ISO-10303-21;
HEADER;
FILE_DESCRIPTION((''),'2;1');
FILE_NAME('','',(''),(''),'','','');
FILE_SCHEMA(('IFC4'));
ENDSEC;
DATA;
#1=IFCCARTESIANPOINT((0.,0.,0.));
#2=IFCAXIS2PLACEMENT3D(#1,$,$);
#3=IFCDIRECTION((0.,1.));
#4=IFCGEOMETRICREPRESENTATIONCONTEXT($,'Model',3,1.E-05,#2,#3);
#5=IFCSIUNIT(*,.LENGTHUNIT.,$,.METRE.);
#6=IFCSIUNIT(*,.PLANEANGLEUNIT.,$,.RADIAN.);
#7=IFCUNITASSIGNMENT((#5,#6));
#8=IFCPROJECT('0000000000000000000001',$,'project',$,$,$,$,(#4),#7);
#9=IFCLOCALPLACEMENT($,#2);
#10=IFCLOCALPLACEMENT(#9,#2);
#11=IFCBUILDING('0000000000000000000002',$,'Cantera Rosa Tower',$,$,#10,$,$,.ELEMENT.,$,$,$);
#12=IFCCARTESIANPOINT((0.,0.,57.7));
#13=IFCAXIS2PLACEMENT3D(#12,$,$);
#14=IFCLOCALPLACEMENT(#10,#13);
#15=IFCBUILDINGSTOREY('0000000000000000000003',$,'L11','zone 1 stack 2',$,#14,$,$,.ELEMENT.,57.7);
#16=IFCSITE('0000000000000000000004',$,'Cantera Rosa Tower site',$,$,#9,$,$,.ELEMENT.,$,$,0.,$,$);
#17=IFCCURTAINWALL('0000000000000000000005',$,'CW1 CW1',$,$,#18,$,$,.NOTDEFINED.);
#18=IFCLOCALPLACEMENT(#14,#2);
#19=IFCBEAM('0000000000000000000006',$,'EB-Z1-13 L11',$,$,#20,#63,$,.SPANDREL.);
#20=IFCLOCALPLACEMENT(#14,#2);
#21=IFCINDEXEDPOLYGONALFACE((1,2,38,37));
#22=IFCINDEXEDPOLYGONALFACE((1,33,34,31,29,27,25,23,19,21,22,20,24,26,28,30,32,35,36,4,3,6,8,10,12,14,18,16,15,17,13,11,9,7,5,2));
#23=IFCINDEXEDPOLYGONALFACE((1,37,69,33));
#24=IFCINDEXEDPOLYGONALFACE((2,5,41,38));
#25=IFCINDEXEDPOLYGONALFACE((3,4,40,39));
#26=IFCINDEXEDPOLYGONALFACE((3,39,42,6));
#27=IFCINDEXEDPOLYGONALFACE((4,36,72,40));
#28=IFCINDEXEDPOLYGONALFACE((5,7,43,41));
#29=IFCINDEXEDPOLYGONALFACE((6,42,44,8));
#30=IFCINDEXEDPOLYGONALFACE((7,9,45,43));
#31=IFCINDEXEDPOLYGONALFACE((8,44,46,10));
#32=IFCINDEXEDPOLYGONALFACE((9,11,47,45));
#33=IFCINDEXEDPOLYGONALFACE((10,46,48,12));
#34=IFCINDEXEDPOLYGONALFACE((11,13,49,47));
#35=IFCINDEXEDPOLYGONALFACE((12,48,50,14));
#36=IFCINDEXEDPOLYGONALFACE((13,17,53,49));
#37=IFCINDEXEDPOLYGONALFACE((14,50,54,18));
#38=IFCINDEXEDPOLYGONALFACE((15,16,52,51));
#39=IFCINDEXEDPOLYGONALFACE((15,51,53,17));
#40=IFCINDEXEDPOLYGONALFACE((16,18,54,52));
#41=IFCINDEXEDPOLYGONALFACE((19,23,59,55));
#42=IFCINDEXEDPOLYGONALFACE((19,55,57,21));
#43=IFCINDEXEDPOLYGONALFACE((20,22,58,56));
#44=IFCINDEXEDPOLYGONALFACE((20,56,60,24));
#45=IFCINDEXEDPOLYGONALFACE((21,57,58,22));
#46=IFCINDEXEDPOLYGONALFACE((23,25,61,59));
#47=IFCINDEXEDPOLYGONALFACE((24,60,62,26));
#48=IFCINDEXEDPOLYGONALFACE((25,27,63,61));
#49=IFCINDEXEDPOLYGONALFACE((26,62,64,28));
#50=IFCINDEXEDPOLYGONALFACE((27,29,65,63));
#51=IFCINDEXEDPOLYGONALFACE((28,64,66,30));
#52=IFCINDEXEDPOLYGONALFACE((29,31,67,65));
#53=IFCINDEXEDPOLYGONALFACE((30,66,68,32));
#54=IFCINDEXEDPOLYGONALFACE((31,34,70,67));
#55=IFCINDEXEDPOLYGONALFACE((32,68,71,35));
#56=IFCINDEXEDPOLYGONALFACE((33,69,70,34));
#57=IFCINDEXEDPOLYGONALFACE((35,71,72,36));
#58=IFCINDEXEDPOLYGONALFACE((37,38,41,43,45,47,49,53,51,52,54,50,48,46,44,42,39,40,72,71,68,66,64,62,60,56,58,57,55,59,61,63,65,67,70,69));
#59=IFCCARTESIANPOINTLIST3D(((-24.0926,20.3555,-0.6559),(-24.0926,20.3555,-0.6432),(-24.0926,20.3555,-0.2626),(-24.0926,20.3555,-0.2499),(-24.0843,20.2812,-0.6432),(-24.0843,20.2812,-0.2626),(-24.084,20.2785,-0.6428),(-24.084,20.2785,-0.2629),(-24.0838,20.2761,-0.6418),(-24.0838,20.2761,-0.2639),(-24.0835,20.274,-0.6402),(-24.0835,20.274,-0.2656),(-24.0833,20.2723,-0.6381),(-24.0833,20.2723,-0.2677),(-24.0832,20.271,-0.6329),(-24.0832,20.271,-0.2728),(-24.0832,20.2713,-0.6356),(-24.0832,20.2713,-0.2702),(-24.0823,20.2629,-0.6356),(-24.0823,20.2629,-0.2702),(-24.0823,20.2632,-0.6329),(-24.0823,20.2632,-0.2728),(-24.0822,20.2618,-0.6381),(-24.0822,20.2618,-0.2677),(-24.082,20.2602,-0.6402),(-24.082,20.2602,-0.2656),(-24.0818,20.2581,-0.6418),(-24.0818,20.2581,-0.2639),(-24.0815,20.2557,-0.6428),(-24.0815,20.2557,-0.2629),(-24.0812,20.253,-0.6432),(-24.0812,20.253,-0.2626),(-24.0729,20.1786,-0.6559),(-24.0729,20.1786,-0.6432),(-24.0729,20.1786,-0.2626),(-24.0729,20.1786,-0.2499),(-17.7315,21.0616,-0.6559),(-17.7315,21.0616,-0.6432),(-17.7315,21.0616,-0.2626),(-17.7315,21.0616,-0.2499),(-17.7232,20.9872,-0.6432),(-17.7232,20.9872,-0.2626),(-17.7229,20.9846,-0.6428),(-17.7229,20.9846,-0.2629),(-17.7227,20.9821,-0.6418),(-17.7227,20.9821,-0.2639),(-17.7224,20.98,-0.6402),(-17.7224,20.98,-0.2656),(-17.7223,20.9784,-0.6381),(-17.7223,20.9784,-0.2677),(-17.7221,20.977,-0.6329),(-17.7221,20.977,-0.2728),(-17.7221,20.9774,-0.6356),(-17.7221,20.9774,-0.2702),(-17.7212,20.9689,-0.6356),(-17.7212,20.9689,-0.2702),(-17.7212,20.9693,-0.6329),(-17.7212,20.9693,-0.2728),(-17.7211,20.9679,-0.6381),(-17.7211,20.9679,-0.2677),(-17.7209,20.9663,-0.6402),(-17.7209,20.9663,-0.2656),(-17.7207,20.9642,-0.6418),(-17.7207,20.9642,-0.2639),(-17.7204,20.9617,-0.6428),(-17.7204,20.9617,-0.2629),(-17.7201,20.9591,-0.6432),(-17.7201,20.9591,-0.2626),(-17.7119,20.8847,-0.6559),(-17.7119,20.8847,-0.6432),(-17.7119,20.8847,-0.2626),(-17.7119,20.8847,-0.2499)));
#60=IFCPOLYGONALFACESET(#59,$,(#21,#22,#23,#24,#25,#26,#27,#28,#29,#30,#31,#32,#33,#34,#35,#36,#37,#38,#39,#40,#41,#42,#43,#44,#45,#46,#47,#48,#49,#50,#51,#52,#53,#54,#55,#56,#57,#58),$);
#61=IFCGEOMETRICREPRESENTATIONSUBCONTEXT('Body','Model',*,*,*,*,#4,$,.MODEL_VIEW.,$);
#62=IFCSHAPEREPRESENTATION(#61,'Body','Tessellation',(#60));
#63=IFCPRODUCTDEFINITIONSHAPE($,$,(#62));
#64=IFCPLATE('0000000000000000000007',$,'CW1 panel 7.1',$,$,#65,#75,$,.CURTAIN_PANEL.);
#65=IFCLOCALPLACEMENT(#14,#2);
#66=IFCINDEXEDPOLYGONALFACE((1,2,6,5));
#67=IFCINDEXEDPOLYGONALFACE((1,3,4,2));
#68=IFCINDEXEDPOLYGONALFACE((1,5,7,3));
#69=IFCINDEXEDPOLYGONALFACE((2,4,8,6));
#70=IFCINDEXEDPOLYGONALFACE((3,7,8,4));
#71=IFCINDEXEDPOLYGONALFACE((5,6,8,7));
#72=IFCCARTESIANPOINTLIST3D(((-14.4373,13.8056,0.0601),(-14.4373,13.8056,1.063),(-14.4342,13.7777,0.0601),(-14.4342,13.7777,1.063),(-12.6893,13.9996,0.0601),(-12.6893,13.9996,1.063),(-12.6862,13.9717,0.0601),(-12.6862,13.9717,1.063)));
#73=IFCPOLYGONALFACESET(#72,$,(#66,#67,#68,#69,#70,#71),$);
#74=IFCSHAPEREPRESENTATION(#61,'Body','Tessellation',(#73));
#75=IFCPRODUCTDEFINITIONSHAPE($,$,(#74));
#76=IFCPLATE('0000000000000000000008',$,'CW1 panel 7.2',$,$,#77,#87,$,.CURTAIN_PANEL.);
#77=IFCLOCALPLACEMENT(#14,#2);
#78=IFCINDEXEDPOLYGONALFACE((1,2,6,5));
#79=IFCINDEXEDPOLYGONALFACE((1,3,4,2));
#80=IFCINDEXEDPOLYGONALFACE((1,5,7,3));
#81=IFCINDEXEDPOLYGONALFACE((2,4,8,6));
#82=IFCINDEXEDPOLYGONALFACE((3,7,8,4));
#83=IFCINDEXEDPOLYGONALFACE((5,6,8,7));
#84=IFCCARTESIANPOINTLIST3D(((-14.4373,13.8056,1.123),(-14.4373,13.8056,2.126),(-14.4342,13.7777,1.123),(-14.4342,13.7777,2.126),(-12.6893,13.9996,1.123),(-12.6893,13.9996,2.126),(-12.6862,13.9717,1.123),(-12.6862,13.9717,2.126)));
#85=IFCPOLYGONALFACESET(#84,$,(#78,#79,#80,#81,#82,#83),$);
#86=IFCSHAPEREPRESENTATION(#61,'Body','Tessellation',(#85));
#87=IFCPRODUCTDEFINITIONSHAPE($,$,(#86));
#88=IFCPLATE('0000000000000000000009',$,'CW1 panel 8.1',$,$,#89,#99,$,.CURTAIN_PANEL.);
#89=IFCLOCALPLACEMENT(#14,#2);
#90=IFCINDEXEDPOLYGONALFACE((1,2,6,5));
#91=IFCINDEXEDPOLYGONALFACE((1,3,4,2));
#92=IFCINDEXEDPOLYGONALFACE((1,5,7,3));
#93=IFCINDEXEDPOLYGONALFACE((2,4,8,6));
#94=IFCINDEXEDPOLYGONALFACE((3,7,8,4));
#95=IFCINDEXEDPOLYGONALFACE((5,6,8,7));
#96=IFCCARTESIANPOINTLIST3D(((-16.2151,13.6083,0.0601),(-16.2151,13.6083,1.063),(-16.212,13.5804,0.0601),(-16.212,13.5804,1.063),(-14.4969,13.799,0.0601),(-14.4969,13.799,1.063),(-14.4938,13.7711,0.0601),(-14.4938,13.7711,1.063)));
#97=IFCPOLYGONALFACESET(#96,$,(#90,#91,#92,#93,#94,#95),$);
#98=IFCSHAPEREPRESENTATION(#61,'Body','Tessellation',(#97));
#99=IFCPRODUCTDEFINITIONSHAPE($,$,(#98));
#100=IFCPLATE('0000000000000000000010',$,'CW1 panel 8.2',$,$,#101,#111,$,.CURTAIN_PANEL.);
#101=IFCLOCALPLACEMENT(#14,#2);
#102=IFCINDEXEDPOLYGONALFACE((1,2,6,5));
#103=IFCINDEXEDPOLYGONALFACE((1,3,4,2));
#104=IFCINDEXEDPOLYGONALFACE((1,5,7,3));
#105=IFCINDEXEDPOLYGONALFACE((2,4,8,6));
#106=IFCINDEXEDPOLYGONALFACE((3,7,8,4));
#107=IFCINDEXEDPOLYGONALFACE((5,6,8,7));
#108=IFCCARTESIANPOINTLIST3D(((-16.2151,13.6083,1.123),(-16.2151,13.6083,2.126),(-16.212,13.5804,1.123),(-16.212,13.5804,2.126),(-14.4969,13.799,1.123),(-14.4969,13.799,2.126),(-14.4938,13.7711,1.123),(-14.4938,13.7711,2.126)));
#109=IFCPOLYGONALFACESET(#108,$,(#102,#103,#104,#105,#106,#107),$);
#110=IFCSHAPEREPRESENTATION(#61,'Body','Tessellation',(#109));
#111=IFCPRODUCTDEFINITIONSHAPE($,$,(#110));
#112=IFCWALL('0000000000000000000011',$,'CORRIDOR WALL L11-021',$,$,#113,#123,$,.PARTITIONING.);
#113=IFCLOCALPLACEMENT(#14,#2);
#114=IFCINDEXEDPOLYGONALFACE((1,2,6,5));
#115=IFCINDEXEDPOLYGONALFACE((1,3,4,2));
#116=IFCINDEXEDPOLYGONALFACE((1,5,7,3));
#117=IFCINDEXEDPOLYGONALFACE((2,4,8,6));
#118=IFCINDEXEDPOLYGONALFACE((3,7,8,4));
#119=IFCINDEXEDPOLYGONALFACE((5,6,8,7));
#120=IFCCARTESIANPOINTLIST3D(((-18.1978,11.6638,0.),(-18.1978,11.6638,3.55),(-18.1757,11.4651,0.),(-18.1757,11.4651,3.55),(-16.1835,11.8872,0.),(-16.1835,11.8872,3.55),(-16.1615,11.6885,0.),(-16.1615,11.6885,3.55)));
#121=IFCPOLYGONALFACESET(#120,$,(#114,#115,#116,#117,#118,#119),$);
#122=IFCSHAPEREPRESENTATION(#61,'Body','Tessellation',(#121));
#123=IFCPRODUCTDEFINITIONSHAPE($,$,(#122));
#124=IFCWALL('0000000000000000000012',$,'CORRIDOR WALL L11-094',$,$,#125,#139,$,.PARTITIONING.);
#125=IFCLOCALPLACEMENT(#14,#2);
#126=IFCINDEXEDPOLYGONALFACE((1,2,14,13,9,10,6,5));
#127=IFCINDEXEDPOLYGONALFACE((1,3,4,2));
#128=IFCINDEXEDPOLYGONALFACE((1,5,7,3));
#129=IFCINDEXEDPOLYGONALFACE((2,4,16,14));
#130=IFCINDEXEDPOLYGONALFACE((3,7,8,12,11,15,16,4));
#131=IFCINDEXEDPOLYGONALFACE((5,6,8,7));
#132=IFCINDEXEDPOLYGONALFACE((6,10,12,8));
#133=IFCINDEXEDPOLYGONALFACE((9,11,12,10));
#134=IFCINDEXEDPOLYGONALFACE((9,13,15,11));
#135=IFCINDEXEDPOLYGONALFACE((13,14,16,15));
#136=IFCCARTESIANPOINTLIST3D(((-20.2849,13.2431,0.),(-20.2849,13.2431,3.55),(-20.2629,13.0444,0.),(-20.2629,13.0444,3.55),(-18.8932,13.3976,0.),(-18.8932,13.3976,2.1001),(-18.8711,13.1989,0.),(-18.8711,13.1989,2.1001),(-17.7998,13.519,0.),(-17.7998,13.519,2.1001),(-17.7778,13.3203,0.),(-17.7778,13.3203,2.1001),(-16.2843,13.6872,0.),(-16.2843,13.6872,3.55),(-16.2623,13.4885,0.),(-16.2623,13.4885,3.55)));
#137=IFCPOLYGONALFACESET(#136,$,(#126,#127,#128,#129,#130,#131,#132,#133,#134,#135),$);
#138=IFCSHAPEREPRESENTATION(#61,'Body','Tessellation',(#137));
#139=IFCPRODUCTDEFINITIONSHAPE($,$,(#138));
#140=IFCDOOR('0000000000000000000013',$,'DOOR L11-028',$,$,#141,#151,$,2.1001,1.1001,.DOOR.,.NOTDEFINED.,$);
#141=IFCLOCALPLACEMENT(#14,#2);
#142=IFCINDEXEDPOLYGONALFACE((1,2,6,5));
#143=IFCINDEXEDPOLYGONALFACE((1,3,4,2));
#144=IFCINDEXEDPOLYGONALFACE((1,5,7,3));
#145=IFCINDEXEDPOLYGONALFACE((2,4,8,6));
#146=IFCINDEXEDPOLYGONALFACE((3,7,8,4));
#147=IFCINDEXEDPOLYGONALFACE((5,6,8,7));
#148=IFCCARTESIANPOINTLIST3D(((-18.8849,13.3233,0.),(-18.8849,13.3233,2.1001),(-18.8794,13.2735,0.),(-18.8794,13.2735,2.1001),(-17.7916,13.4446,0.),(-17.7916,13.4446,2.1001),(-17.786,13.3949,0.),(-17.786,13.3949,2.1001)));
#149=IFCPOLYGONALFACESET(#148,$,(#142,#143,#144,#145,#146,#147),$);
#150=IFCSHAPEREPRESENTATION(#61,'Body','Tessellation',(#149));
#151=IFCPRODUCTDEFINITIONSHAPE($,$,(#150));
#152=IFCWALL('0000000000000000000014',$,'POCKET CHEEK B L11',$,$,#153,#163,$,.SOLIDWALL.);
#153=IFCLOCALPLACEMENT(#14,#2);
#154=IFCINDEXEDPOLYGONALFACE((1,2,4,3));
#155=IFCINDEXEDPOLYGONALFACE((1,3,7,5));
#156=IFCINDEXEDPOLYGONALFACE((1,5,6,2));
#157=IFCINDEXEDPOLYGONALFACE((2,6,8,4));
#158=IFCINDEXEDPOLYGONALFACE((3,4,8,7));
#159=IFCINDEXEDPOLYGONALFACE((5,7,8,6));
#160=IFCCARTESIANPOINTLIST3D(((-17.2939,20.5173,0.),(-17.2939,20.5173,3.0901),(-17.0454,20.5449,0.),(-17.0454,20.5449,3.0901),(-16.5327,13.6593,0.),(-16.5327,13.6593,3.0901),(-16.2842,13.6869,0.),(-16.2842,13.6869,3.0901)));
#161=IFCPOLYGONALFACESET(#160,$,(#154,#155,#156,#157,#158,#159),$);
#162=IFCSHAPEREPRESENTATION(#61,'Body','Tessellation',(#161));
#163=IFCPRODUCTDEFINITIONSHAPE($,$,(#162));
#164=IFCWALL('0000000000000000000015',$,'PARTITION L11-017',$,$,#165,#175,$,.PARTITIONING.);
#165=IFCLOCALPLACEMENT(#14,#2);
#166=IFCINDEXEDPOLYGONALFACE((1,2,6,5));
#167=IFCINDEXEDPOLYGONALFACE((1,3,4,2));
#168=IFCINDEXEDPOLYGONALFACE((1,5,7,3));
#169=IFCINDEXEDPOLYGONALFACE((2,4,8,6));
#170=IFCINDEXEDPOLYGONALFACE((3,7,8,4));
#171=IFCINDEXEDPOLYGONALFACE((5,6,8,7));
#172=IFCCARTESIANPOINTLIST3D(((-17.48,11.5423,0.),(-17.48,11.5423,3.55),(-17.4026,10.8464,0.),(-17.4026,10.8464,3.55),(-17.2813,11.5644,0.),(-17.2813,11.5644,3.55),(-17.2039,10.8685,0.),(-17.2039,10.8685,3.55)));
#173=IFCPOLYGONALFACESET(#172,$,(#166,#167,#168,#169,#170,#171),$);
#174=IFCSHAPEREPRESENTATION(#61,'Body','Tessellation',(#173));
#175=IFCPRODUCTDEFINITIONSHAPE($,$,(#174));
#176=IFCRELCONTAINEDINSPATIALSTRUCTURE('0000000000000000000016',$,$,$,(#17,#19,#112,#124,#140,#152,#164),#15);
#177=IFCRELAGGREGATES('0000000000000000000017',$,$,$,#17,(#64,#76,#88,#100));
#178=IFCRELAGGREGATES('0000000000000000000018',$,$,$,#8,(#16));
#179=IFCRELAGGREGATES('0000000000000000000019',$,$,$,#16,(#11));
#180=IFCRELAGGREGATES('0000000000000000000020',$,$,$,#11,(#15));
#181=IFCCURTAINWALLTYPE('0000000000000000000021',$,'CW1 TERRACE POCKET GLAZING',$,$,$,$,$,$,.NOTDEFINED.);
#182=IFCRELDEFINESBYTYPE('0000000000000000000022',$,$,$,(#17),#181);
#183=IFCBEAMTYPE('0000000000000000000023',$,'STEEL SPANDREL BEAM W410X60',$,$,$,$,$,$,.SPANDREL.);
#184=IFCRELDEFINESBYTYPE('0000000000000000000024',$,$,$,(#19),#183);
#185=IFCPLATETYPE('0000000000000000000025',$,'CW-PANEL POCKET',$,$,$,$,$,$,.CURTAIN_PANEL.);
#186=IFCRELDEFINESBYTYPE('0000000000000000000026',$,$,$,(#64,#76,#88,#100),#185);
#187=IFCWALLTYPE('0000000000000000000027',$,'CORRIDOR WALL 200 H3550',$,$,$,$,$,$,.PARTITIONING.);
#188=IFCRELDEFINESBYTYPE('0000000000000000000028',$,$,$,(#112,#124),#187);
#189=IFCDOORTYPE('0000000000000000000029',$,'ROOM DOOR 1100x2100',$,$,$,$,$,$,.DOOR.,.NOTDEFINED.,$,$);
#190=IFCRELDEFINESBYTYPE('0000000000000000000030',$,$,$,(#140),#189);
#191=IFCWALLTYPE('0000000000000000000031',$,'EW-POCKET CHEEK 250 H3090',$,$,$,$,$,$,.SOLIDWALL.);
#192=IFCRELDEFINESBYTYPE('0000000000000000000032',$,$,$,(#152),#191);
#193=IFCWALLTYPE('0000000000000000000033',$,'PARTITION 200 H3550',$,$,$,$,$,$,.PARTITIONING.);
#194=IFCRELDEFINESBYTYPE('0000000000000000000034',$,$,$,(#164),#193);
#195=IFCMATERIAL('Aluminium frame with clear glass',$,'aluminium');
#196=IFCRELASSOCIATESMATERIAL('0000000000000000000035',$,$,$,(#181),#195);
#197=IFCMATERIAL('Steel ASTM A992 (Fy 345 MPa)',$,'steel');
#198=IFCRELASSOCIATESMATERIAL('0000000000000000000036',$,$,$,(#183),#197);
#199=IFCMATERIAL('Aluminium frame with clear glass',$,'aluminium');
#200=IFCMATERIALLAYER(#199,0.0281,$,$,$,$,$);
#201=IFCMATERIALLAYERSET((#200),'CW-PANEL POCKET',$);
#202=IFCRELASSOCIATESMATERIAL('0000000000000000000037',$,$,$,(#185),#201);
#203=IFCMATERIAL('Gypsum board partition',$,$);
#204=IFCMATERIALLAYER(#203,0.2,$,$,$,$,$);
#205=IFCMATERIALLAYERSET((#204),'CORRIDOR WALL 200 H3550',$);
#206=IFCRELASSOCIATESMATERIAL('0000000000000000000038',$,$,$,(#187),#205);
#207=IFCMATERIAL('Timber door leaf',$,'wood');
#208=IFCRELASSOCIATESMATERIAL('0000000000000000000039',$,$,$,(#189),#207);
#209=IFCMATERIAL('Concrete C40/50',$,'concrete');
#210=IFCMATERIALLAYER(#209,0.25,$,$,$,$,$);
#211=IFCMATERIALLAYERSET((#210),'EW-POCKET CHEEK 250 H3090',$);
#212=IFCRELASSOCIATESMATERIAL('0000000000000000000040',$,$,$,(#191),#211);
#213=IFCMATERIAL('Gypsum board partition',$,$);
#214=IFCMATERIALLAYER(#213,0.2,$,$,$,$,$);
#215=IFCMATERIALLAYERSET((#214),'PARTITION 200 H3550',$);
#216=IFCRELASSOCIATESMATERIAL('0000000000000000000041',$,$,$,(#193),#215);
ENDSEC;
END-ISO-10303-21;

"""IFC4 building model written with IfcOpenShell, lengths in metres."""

from ifc_helpers import new_model, si_unit, direction, frame, frame_2d, origin, origin_2d, place, context, subcontext, project, spatial, rectangle, i_section, extrude, material, layer, layer_set, material_profile, profile_set, type_object, element, fill, aggregate, save


model = new_model("IFC4")

# Units and contexts
model_context = context("Model", 3, precision=1e-05, world=origin(), true_north=direction((0.0, 1.0)))
body_context = subcontext(model_context, "Body", "Model", "MODEL_VIEW")
ifc_project = project(units=[si_unit("LENGTHUNIT", "METRE"), si_unit("PLANEANGLEUNIT", "RADIAN")], contexts=[model_context])

# Site, building, storey
site_placement = place(None, origin())
site = spatial("IfcSite", under=ifc_project, at=site_placement, Name="Cantera Rosa Tower site", CompositionType="ELEMENT", RefElevation=0.0)
building_placement = place(site_placement, origin())
building = spatial("IfcBuilding", under=site, at=building_placement, Name="Cantera Rosa Tower", CompositionType="ELEMENT")
storey_placement = place(building_placement, frame((0.0, 0.0, 57.7)))
storey = spatial("IfcBuildingStorey", under=building, at=storey_placement, Name="L11", Description="zone 1 stack 2", CompositionType="ELEMENT", Elevation=57.7)

# Curtain wall
ifc_material_1 = material(Name="Aluminium frame with clear glass", Category="aluminium")
curtain_wall_type = type_object("IfcCurtainWallType", Name="CW1 TERRACE POCKET GLAZING", PredefinedType="NOTDEFINED", material=ifc_material_1)
curtain_wall_placement = place(storey_placement, origin())
curtain_wall = element("IfcCurtainWall", 1, at=curtain_wall_placement, inside=storey, type_object=curtain_wall_type, Name="CW1 CW1", PredefinedType="NOTDEFINED")

# Beam
ifc_material_2 = material(Name="Steel ASTM A992 (Fy 345 MPa)", Category="steel")
ifc_material_profile_1 = material_profile(ifc_material_2, i_section(OverallWidth=0.178, OverallDepth=0.406, WebThickness=0.0078, FlangeThickness=0.0127, FilletRadius=0.0103, at=origin_2d()), Name="W410X60")
ifc_profile_set_1 = profile_set([ifc_material_profile_1], Name="Steel ASTM A992 (Fy 345 MPa)")
beam_type_1 = type_object("IfcBeamType", Name="STEEL SPANDREL BEAM W410X60", PredefinedType="SPANDREL", material=ifc_profile_set_1)
beam_1_placement = place(storey_placement, frame((-17.7217, 20.9731, -0.4529), z_axis=(-0.993896, -0.110318, 0.0), x_axis=(0.110318, -0.993896, 0.0)))
element("IfcBeam", 2, at=beam_1_placement, inside=storey, type_object=beam_type_1, Name="EB-Z1-13 L11", PredefinedType="SPANDREL", context=body_context, shape_type="SweptSolid", body=[
    extrude(i_section(OverallWidth=0.178, OverallDepth=0.406, WebThickness=0.0078, FlangeThickness=0.0127, FilletRadius=0.0103, at=origin_2d()), origin(), (0.0, 0.0, 1.0), 6.4001),
])

# Plates
ifc_material_3 = material(Name="Aluminium frame with clear glass", Category="aluminium")
ifc_layer_1 = layer(ifc_material_3, 0.0281)
ifc_layer_set_1 = layer_set([ifc_layer_1], Name="CW-PANEL POCKET")
plate_type = type_object("IfcPlateType", Name="CW-PANEL POCKET", PredefinedType="CURTAIN_PANEL", material=ifc_layer_set_1)
plate_1_placement = place(storey_placement, frame((-13.5618, 13.8887, 0.0601), z_axis=(0.0, 0.0, 1.0), x_axis=(-0.993897, -0.110313, 0.0)))
plate_1 = element("IfcPlate", 3, at=plate_1_placement, type_object=plate_type, Name="CW1 panel 7.1", PredefinedType="CURTAIN_PANEL", context=body_context, shape_type="SweptSolid", body=[
    extrude(rectangle(XDim=1.7588, YDim=0.0281, at=origin_2d()), origin(), (0.0, 0.0, 1.0), 1.0029),
])
plate_2_placement = place(storey_placement, frame((-13.5618, 13.8887, 1.123), z_axis=(0.0, 0.0, 1.0), x_axis=(-0.993897, -0.110313, 0.0)))
plate_2 = element("IfcPlate", 4, at=plate_2_placement, type_object=plate_type, Name="CW1 panel 7.2", PredefinedType="CURTAIN_PANEL", context=body_context, shape_type="SweptSolid", body=[
    extrude(rectangle(XDim=1.7588, YDim=0.0281, at=origin_2d()), origin(), (0.0, 0.0, 1.0), 1.0029),
])
plate_3_placement = place(storey_placement, frame((-15.3545, 13.6897, 0.0601), z_axis=(0.0, 0.0, 1.0), x_axis=(-0.993897, -0.110313, 0.0)))
plate_3 = element("IfcPlate", 5, at=plate_3_placement, type_object=plate_type, Name="CW1 panel 8.1", PredefinedType="CURTAIN_PANEL", context=body_context, shape_type="SweptSolid", body=[
    extrude(rectangle(XDim=1.7288, YDim=0.0281, at=origin_2d()), origin(), (0.0, 0.0, 1.0), 1.0029),
])
plate_4_placement = place(storey_placement, frame((-15.3545, 13.6897, 1.123), z_axis=(0.0, 0.0, 1.0), x_axis=(-0.993897, -0.110313, 0.0)))
plate_4 = element("IfcPlate", 6, at=plate_4_placement, type_object=plate_type, Name="CW1 panel 8.2", PredefinedType="CURTAIN_PANEL", context=body_context, shape_type="SweptSolid", body=[
    extrude(rectangle(XDim=1.7288, YDim=0.0281, at=origin_2d()), origin(), (0.0, 0.0, 1.0), 1.0029),
])
aggregate(curtain_wall, [plate_1, plate_2, plate_3, plate_4])

# Wall
ifc_material_4 = material(Name="Gypsum board partition")
ifc_layer_2 = layer(ifc_material_4, 0.2)
ifc_layer_set_2 = layer_set([ifc_layer_2], Name="CORRIDOR WALL 200 H3550")
wall_type_1 = type_object("IfcWallType", Name="CORRIDOR WALL 200 H3550", PredefinedType="PARTITIONING", material=ifc_layer_set_2)
wall_1_placement = place(storey_placement, frame((-16.1726, 11.7878, 0.0), z_axis=(0.0, 0.0, 1.0), x_axis=(-0.993906, -0.110233, 0.0)))
element("IfcWall", 7, at=wall_1_placement, inside=storey, type_object=wall_type_1, Name="CORRIDOR WALL L11-021", PredefinedType="PARTITIONING", context=body_context, shape_type="SweptSolid", body=[
    extrude(rectangle(XDim=2.0266, YDim=0.2, at=frame_2d((1.0132, 0.0))), origin(), (0.0, 0.0, 1.0), 3.55),
])

# Wall, opening, door
wall_2_placement = place(storey_placement, frame((-16.2732, 13.5879, 0.0), z_axis=(0.0, 0.0, 1.0), x_axis=(-0.993895, -0.110332, 0.0)))
wall_2 = element("IfcWall", 8, at=wall_2_placement, inside=storey, type_object=wall_type_1, Name="CORRIDOR WALL L11-094", PredefinedType="PARTITIONING", context=body_context, shape_type="SweptSolid", body=[
    extrude(rectangle(XDim=4.0251, YDim=0.2, at=frame_2d((2.0127, 0.0))), origin(), (0.0, 0.0, 1.0), 3.55),
])
opening_1_placement = place(wall_2_placement, frame((1.5249, 0.0, 0.0)))
opening_1 = element("IfcOpeningElement", 9, at=opening_1_placement, cuts=wall_2, PredefinedType="OPENING", context=body_context, shape_type="SweptSolid", body=[
    extrude(rectangle(XDim=1.1001, YDim=2.1001, at=frame_2d((0.55, 1.05))), frame((0.0, 0.1099, 0.0), z_axis=(0.0, -1.0, 0.0), x_axis=(1.0, 0.0, 0.0)), (0.0, 0.0, 1.0), 0.22),
])
ifc_material_5 = material(Name="Timber door leaf", Category="wood")
door_type_1 = type_object("IfcDoorType", Name="ROOM DOOR 1100x2100", OperationType="NOTDEFINED", PredefinedType="DOOR", material=ifc_material_5)
door_1_placement = place(opening_1_placement, origin())
door_1 = element("IfcDoor", 10, at=door_1_placement, inside=storey, type_object=door_type_1, Name="DOOR L11-028", OperationType="NOTDEFINED", OverallHeight=2.1001, OverallWidth=1.1001, PredefinedType="DOOR", context=body_context, shape_type="SweptSolid", body=[
    extrude(rectangle(XDim=1.1001, YDim=2.1001, at=frame_2d((0.55, 1.05))), frame((0.0, 0.0249, 0.0), z_axis=(0.0, -1.0, 0.0), x_axis=(1.0, 0.0, 0.0)), (0.0, 0.0, 1.0), 0.05),
])
fill(opening_1, door_1)

# Walls
ifc_material_6 = material(Name="Concrete C40/50", Category="concrete")
ifc_layer_3 = layer(ifc_material_6, 0.25)
ifc_layer_set_3 = layer_set([ifc_layer_3], Name="EW-POCKET CHEEK 250 H3090")
wall_type_2 = type_object("IfcWallType", Name="EW-POCKET CHEEK 250 H3090", PredefinedType="SOLIDWALL", material=ifc_layer_set_3)
wall_3_placement = place(storey_placement, frame((-17.1697, 20.5312, 0.0), z_axis=(0.0, 0.0, 1.0), x_axis=(0.110323, -0.993896, 0.0)))
element("IfcWall", 11, at=wall_3_placement, inside=storey, type_object=wall_type_2, Name="POCKET CHEEK B L11", PredefinedType="SOLIDWALL", context=body_context, shape_type="SweptSolid", body=[
    extrude(rectangle(XDim=6.9001, YDim=0.25, at=frame_2d((3.4502, 0.0))), origin(), (0.0, 0.0, 1.0), 3.0901),
])
ifc_material_7 = material(Name="Gypsum board partition")
ifc_layer_4 = layer(ifc_material_7, 0.2)
ifc_layer_set_4 = layer_set([ifc_layer_4], Name="PARTITION 200 H3550")
wall_type_3 = type_object("IfcWallType", Name="PARTITION 200 H3550", PredefinedType="PARTITIONING", material=ifc_layer_set_4)
wall_4_placement = place(storey_placement, frame((-17.3032, 10.8574, 0.0), z_axis=(0.0, 0.0, 1.0), x_axis=(-0.110546, 0.993871, 0.0)))
element("IfcWall", 12, at=wall_4_placement, inside=storey, type_object=wall_type_3, Name="PARTITION L11-017", PredefinedType="PARTITIONING", context=body_context, shape_type="SweptSolid", body=[
    extrude(rectangle(XDim=0.7002, YDim=0.2, at=frame_2d((0.3501, 0.0))), origin(), (0.0, 0.0, 1.0), 3.55),
])

save(model, "model.ifc")
